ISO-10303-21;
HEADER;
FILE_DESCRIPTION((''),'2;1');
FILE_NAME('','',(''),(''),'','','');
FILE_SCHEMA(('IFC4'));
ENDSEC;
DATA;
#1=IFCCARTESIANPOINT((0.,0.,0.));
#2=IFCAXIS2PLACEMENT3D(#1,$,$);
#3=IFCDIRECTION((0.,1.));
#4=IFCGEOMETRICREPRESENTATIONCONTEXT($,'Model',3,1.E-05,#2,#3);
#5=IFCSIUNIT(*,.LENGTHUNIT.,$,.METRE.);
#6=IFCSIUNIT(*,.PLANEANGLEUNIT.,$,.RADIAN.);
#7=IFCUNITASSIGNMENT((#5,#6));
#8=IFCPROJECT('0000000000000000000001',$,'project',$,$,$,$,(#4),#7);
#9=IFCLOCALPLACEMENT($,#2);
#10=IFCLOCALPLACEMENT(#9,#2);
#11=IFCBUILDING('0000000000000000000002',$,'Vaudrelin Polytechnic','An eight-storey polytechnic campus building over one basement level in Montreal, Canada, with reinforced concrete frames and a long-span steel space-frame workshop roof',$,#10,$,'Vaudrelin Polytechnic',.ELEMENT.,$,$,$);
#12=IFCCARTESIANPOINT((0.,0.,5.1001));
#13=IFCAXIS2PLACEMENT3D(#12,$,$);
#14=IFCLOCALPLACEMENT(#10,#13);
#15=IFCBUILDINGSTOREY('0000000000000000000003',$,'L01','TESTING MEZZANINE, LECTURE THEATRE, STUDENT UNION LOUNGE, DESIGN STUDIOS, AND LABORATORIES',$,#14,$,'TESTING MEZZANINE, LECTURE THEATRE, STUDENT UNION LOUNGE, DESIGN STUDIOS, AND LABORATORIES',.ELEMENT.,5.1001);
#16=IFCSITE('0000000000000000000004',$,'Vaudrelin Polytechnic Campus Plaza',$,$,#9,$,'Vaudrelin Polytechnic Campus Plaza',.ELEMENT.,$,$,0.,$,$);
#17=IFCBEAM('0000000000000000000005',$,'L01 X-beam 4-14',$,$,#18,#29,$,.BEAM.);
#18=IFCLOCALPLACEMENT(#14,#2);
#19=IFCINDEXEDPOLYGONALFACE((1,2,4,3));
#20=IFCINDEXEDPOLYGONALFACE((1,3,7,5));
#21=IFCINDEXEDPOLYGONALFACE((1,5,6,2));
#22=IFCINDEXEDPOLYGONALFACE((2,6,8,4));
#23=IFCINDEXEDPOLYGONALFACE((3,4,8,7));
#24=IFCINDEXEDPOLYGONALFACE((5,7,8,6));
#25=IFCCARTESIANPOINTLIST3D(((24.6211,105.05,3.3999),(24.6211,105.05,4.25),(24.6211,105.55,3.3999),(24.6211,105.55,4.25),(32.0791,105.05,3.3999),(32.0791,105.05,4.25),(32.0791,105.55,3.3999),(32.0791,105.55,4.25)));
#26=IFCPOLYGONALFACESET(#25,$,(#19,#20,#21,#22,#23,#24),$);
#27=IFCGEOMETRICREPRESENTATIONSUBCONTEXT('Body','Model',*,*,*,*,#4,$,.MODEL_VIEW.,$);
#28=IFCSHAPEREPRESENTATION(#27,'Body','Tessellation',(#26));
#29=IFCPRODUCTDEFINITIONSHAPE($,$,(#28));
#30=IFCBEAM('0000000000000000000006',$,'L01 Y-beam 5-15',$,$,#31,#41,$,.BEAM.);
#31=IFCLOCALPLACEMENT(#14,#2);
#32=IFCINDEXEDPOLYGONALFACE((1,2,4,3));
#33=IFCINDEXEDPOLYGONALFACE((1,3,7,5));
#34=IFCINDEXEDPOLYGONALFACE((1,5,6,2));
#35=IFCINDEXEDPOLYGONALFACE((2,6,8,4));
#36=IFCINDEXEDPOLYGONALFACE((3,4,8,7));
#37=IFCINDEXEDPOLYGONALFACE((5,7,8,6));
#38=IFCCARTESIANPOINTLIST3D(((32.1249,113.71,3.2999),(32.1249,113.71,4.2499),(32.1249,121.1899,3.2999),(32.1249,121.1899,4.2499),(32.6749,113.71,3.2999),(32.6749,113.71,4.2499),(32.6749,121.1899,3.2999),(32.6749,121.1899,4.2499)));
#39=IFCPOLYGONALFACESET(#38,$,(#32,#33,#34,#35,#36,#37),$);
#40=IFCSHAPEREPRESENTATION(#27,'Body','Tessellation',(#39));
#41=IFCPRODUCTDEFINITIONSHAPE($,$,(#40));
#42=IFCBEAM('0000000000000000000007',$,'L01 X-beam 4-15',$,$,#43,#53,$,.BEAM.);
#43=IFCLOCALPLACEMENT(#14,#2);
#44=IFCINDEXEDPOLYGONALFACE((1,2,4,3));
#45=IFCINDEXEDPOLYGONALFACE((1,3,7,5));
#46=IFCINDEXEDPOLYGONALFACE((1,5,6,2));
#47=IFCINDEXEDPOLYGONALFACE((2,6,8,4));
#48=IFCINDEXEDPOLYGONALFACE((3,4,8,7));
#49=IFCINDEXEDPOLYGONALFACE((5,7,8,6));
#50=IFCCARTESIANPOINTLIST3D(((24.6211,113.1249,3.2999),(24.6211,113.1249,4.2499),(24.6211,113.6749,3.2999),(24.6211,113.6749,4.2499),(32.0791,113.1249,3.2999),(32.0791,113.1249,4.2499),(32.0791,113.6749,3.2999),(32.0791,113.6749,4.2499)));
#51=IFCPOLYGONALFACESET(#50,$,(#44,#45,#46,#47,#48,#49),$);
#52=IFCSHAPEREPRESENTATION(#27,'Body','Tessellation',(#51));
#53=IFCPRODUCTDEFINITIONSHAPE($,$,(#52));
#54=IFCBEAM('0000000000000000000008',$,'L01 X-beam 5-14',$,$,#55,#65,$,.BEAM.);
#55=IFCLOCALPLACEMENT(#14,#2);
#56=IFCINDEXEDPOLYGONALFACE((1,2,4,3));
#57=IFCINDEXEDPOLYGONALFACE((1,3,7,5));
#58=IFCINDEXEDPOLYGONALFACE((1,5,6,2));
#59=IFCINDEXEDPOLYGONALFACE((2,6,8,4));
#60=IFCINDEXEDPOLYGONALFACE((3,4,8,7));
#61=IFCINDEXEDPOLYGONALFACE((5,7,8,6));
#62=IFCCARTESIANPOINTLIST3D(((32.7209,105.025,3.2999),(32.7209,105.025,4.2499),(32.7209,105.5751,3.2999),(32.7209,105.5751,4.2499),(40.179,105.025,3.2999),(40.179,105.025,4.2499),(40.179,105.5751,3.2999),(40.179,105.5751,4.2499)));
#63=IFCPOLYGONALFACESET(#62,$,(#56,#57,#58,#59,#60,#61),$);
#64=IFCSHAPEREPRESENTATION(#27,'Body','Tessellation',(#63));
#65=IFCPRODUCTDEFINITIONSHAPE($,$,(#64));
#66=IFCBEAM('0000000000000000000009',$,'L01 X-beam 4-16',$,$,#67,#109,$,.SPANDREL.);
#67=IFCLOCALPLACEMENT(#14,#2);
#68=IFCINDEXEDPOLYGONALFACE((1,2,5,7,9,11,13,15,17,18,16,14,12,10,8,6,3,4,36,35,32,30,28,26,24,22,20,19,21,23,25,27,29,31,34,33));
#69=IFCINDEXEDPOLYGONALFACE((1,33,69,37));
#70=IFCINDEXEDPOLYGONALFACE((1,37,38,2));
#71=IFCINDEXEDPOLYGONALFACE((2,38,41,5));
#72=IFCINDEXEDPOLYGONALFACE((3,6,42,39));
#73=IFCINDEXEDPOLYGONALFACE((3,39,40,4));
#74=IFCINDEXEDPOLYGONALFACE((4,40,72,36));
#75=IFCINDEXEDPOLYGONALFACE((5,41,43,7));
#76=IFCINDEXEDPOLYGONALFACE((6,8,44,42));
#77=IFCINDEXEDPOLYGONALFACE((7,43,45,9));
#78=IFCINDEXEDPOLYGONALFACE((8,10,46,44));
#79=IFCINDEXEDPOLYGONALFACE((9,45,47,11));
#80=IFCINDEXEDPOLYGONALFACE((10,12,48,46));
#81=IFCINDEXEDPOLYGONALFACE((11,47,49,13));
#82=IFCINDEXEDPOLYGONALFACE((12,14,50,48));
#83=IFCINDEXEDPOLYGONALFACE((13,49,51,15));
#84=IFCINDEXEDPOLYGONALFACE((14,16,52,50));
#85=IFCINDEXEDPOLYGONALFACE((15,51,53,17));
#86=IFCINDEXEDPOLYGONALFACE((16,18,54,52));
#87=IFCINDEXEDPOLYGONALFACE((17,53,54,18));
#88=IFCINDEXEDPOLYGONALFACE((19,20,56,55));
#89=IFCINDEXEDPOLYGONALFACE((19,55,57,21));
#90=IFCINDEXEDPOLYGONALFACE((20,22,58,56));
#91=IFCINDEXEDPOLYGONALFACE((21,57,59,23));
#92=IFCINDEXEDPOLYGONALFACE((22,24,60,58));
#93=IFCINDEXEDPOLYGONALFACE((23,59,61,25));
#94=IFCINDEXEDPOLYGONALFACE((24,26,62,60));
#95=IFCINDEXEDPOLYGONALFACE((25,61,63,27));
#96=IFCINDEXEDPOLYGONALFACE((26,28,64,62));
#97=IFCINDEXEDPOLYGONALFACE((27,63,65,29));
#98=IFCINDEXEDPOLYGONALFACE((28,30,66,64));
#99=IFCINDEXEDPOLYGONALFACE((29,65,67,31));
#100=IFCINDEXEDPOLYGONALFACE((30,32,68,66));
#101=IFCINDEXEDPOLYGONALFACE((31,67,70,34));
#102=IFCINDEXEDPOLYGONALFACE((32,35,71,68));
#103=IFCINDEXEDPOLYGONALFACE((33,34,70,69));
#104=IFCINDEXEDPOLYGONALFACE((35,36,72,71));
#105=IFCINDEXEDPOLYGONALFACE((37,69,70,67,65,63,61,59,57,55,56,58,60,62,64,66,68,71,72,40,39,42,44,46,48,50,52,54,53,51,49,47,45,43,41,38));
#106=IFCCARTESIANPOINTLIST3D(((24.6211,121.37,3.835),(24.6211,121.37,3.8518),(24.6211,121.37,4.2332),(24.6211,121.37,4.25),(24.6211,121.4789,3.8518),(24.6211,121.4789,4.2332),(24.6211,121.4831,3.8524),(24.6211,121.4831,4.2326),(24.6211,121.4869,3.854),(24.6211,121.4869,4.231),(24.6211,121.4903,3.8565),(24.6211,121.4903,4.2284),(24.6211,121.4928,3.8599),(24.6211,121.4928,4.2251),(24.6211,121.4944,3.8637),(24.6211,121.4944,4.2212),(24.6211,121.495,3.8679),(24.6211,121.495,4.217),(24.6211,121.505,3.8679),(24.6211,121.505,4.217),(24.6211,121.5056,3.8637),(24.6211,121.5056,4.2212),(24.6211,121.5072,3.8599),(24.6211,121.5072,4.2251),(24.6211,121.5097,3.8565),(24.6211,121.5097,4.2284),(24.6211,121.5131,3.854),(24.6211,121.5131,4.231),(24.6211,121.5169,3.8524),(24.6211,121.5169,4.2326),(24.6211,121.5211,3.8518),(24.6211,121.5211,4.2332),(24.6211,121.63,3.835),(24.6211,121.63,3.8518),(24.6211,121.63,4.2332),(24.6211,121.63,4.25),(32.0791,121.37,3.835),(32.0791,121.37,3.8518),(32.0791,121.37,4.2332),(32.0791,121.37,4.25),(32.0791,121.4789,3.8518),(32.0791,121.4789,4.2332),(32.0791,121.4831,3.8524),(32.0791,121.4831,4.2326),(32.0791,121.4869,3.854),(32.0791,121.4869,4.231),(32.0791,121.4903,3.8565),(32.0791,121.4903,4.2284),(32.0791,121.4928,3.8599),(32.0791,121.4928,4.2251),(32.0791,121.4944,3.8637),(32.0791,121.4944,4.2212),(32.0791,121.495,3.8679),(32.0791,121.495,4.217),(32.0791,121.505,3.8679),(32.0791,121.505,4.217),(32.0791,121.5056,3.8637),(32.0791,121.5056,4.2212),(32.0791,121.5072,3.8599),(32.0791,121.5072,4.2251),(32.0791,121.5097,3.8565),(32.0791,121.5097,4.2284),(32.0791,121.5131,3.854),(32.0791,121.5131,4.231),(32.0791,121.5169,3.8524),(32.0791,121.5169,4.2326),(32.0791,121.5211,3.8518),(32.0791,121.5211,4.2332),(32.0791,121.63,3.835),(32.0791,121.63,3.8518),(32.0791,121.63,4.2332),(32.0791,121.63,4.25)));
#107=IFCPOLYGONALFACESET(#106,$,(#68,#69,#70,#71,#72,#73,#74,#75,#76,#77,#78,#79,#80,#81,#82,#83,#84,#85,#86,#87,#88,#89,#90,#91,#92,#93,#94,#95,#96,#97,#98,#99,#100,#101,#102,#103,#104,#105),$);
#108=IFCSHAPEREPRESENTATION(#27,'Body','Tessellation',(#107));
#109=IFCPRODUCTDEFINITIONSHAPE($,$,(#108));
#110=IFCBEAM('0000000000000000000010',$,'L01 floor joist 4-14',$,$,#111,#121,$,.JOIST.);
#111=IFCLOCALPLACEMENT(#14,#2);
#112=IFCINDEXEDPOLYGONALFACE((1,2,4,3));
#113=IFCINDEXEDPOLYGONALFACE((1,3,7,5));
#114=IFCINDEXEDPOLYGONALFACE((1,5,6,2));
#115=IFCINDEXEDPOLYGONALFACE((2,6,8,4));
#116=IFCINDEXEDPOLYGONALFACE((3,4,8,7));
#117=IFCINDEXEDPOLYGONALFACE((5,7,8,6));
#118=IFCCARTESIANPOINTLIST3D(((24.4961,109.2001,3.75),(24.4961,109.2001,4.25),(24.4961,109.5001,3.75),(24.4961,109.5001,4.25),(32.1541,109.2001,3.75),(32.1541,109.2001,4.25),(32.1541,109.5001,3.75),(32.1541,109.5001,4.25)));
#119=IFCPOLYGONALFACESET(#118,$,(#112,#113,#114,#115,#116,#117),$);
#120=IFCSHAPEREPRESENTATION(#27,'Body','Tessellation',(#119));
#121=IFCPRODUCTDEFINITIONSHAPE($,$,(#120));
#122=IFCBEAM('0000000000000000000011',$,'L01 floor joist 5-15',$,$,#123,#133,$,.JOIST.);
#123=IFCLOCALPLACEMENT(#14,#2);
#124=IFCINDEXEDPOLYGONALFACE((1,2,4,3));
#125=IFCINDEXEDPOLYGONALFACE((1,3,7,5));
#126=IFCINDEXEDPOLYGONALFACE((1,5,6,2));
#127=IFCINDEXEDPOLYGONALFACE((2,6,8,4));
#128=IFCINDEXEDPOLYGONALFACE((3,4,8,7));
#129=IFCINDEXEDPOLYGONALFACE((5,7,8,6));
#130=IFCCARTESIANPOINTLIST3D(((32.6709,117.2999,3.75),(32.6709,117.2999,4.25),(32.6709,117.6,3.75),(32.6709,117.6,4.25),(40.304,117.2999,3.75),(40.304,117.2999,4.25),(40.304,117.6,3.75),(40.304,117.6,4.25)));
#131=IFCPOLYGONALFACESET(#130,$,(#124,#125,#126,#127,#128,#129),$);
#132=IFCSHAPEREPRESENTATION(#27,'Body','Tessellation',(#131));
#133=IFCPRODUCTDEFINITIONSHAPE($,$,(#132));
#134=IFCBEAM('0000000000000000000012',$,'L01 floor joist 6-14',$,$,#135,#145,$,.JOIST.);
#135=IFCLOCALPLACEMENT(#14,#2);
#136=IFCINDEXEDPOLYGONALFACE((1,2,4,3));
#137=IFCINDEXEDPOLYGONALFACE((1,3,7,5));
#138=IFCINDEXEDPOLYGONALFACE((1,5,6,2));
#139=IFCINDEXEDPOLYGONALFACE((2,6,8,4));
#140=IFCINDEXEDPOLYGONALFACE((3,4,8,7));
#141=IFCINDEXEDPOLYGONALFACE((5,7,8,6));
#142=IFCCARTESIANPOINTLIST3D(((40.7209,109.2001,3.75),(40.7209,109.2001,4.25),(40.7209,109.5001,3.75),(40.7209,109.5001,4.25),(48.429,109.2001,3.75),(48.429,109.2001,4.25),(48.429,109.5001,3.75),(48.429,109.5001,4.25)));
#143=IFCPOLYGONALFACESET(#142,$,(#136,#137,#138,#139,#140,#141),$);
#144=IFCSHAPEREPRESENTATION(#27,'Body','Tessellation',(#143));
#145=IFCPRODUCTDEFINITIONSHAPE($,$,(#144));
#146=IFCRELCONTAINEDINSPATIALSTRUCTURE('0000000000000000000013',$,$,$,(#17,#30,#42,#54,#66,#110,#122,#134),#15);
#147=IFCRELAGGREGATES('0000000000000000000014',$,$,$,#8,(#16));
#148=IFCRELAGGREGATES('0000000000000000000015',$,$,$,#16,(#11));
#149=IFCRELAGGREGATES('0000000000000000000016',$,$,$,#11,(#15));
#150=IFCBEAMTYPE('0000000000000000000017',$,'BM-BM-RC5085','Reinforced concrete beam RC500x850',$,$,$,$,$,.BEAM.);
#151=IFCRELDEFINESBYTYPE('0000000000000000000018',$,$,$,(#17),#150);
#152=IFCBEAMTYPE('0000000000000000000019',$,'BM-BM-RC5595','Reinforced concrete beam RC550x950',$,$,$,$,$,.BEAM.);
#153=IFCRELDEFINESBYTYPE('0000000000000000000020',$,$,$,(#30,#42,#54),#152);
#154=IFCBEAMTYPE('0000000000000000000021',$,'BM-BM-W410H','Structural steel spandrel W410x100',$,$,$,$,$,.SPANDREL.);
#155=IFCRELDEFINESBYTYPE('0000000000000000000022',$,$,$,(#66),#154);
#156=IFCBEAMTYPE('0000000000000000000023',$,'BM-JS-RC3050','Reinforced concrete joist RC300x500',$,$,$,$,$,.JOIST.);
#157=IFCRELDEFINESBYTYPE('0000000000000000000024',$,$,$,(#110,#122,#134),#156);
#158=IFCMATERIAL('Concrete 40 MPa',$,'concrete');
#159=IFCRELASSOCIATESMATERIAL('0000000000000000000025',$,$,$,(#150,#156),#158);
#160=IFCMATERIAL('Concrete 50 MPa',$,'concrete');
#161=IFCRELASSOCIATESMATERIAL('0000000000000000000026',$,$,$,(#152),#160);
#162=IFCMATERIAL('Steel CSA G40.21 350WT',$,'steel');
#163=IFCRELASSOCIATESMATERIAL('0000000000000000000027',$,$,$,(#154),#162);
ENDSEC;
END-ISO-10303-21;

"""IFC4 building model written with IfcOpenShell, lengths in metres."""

from ifc_helpers import new_model, si_unit, direction, frame, origin, origin_2d, place, context, subcontext, project, spatial, rectangle, i_section, extrude, material, material_profile, profile_set, type_object, element, save


model = new_model("IFC4")

# Units and contexts
model_context = context("Model", 3, precision=1e-05, world=origin(), true_north=direction((0.0, 1.0)))
body_context = subcontext(model_context, "Body", "Model", "MODEL_VIEW")
ifc_project = project(units=[si_unit("LENGTHUNIT", "METRE"), si_unit("PLANEANGLEUNIT", "RADIAN")], contexts=[model_context])

# Site, building, storey
site_placement = place(None, origin())
site = spatial("IfcSite", under=ifc_project, at=site_placement, Name="Vaudrelin Polytechnic Campus Plaza", LongName="Vaudrelin Polytechnic Campus Plaza", CompositionType="ELEMENT", RefElevation=0.0)
building_placement = place(site_placement, origin())
building = spatial("IfcBuilding", under=site, at=building_placement, Name="Vaudrelin Polytechnic", Description="An eight-storey polytechnic campus building over one basement level in Montreal, Canada, with reinforced concrete frames and a long-span steel space-frame workshop roof", LongName="Vaudrelin Polytechnic", CompositionType="ELEMENT")
storey_placement = place(building_placement, frame((0.0, 0.0, 5.1001)))
storey = spatial("IfcBuildingStorey", under=building, at=storey_placement, Name="L01", Description="TESTING MEZZANINE, LECTURE THEATRE, STUDENT UNION LOUNGE, DESIGN STUDIOS, AND LABORATORIES", LongName="TESTING MEZZANINE, LECTURE THEATRE, STUDENT UNION LOUNGE, DESIGN STUDIOS, AND LABORATORIES", CompositionType="ELEMENT", Elevation=5.1001)

# Shared definitions
ifc_material_1 = material(Name="Concrete 40 MPa", Category="concrete")

# Beams
ifc_material_profile_1 = material_profile(ifc_material_1, rectangle(XDim=0.5, YDim=0.8501, at=origin_2d()), Name="RC500x850")
ifc_profile_set_1 = profile_set([ifc_material_profile_1], Name="Concrete 40 MPa")
beam_type_1 = type_object("IfcBeamType", Name="BM-BM-RC5085", Description="Reinforced concrete beam RC500x850", PredefinedType="BEAM", material=ifc_profile_set_1)
beam_1_placement = place(storey_placement, frame((24.6211, 105.3, 3.825), z_axis=(1.0, 0.0, 0.0), x_axis=(0.0, 1.0, 0.0)))
element("IfcBeam", 1, at=beam_1_placement, inside=storey, type_object=beam_type_1, Name="L01 X-beam 4-14", PredefinedType="BEAM", context=body_context, shape_type="SweptSolid", body=[
    extrude(rectangle(XDim=0.5, YDim=0.8501, at=origin_2d()), origin(), (0.0, 0.0, 1.0), 7.458),
])
ifc_material_2 = material(Name="Concrete 50 MPa", Category="concrete")
ifc_material_profile_2 = material_profile(ifc_material_2, rectangle(XDim=0.55, YDim=0.95, at=origin_2d()), Name="RC550x950")
ifc_profile_set_2 = profile_set([ifc_material_profile_2], Name="Concrete 50 MPa")
beam_type_2 = type_object("IfcBeamType", Name="BM-BM-RC5595", Description="Reinforced concrete beam RC550x950", PredefinedType="BEAM", material=ifc_profile_set_2)
beam_2_placement = place(storey_placement, frame((32.3999, 113.71, 3.7749), z_axis=(0.0, 1.0, 0.0), x_axis=(-1.0, 0.0, 0.0)))
element("IfcBeam", 2, at=beam_2_placement, inside=storey, type_object=beam_type_2, Name="L01 Y-beam 5-15", PredefinedType="BEAM", context=body_context, shape_type="SweptSolid", body=[
    extrude(rectangle(XDim=0.55, YDim=0.95, at=origin_2d()), origin(), (0.0, 0.0, 1.0), 7.48),
])
for number, where, z_axis, x_axis, name in (
    (3, (24.6211, 113.3999, 3.7749), (1.0, 0.0, 0.0), (0.0, 1.0, 0.0), "L01 X-beam 4-15"),
    (4, (32.7209, 105.3, 3.7749), (1.0, 0.0, 0.0), (0.0, 1.0, 0.0), "L01 X-beam 5-14"),
):
    element("IfcBeam", number, at=place(storey_placement, frame(where, z_axis=z_axis, x_axis=x_axis)), inside=storey, type_object=beam_type_2, Name=name, PredefinedType="BEAM", context=body_context, shape_type="SweptSolid", body=[
        extrude(rectangle(XDim=0.55, YDim=0.95, at=origin_2d()), origin(), (0.0, 0.0, 1.0), 7.458),
    ])
ifc_material_3 = material(Name="Steel CSA G40.21 350WT", Category="steel")
ifc_material_profile_3 = material_profile(ifc_material_3, i_section(OverallWidth=0.26, OverallDepth=0.415, WebThickness=0.01, FlangeThickness=0.0168, FilletRadius=0.0161, at=origin_2d()), Name="W410x100")
ifc_profile_set_3 = profile_set([ifc_material_profile_3], Name="Steel CSA G40.21 350WT")
beam_type_3 = type_object("IfcBeamType", Name="BM-BM-W410H", Description="Structural steel spandrel W410x100", PredefinedType="SPANDREL", material=ifc_profile_set_3)
beam_3_placement = place(storey_placement, frame((24.6211, 121.5, 4.0425), z_axis=(1.0, 0.0, 0.0), x_axis=(0.0, 1.0, 0.0)))
element("IfcBeam", 5, at=beam_3_placement, inside=storey, type_object=beam_type_3, Name="L01 X-beam 4-16", PredefinedType="SPANDREL", context=body_context, shape_type="SweptSolid", body=[
    extrude(i_section(OverallWidth=0.26, OverallDepth=0.415, WebThickness=0.01, FlangeThickness=0.0168, FilletRadius=0.0161, at=origin_2d()), origin(), (0.0, 0.0, 1.0), 7.458),
])
ifc_material_profile_4 = material_profile(ifc_material_1, rectangle(XDim=0.3, YDim=0.5, at=origin_2d()), Name="RC300x500")
ifc_profile_set_4 = profile_set([ifc_material_profile_4], Name="Concrete 40 MPa")
beam_type_4 = type_object("IfcBeamType", Name="BM-JS-RC3050", Description="Reinforced concrete joist RC300x500", PredefinedType="JOIST", material=ifc_profile_set_4)
beam_4_placement = place(storey_placement, frame((24.4961, 109.3501, 4.0), z_axis=(1.0, 0.0, 0.0), x_axis=(0.0, 1.0, 0.0)))
element("IfcBeam", 6, at=beam_4_placement, inside=storey, type_object=beam_type_4, Name="L01 floor joist 4-14", PredefinedType="JOIST", context=body_context, shape_type="SweptSolid", body=[
    extrude(rectangle(XDim=0.3, YDim=0.5, at=origin_2d()), origin(), (0.0, 0.0, 1.0), 7.658),
])
beam_5_placement = place(storey_placement, frame((32.6709, 117.45, 4.0), z_axis=(1.0, 0.0, 0.0), x_axis=(0.0, 1.0, 0.0)))
element("IfcBeam", 7, at=beam_5_placement, inside=storey, type_object=beam_type_4, Name="L01 floor joist 5-15", PredefinedType="JOIST", context=body_context, shape_type="SweptSolid", body=[
    extrude(rectangle(XDim=0.3, YDim=0.5, at=origin_2d()), origin(), (0.0, 0.0, 1.0), 7.6331),
])
beam_6_placement = place(storey_placement, frame((40.7209, 109.3501, 4.0), z_axis=(1.0, 0.0, 0.0), x_axis=(0.0, 1.0, 0.0)))
element("IfcBeam", 8, at=beam_6_placement, inside=storey, type_object=beam_type_4, Name="L01 floor joist 6-14", PredefinedType="JOIST", context=body_context, shape_type="SweptSolid", body=[
    extrude(rectangle(XDim=0.3, YDim=0.5, at=origin_2d()), origin(), (0.0, 0.0, 1.0), 7.708),
])

save(model, "model.ifc")
